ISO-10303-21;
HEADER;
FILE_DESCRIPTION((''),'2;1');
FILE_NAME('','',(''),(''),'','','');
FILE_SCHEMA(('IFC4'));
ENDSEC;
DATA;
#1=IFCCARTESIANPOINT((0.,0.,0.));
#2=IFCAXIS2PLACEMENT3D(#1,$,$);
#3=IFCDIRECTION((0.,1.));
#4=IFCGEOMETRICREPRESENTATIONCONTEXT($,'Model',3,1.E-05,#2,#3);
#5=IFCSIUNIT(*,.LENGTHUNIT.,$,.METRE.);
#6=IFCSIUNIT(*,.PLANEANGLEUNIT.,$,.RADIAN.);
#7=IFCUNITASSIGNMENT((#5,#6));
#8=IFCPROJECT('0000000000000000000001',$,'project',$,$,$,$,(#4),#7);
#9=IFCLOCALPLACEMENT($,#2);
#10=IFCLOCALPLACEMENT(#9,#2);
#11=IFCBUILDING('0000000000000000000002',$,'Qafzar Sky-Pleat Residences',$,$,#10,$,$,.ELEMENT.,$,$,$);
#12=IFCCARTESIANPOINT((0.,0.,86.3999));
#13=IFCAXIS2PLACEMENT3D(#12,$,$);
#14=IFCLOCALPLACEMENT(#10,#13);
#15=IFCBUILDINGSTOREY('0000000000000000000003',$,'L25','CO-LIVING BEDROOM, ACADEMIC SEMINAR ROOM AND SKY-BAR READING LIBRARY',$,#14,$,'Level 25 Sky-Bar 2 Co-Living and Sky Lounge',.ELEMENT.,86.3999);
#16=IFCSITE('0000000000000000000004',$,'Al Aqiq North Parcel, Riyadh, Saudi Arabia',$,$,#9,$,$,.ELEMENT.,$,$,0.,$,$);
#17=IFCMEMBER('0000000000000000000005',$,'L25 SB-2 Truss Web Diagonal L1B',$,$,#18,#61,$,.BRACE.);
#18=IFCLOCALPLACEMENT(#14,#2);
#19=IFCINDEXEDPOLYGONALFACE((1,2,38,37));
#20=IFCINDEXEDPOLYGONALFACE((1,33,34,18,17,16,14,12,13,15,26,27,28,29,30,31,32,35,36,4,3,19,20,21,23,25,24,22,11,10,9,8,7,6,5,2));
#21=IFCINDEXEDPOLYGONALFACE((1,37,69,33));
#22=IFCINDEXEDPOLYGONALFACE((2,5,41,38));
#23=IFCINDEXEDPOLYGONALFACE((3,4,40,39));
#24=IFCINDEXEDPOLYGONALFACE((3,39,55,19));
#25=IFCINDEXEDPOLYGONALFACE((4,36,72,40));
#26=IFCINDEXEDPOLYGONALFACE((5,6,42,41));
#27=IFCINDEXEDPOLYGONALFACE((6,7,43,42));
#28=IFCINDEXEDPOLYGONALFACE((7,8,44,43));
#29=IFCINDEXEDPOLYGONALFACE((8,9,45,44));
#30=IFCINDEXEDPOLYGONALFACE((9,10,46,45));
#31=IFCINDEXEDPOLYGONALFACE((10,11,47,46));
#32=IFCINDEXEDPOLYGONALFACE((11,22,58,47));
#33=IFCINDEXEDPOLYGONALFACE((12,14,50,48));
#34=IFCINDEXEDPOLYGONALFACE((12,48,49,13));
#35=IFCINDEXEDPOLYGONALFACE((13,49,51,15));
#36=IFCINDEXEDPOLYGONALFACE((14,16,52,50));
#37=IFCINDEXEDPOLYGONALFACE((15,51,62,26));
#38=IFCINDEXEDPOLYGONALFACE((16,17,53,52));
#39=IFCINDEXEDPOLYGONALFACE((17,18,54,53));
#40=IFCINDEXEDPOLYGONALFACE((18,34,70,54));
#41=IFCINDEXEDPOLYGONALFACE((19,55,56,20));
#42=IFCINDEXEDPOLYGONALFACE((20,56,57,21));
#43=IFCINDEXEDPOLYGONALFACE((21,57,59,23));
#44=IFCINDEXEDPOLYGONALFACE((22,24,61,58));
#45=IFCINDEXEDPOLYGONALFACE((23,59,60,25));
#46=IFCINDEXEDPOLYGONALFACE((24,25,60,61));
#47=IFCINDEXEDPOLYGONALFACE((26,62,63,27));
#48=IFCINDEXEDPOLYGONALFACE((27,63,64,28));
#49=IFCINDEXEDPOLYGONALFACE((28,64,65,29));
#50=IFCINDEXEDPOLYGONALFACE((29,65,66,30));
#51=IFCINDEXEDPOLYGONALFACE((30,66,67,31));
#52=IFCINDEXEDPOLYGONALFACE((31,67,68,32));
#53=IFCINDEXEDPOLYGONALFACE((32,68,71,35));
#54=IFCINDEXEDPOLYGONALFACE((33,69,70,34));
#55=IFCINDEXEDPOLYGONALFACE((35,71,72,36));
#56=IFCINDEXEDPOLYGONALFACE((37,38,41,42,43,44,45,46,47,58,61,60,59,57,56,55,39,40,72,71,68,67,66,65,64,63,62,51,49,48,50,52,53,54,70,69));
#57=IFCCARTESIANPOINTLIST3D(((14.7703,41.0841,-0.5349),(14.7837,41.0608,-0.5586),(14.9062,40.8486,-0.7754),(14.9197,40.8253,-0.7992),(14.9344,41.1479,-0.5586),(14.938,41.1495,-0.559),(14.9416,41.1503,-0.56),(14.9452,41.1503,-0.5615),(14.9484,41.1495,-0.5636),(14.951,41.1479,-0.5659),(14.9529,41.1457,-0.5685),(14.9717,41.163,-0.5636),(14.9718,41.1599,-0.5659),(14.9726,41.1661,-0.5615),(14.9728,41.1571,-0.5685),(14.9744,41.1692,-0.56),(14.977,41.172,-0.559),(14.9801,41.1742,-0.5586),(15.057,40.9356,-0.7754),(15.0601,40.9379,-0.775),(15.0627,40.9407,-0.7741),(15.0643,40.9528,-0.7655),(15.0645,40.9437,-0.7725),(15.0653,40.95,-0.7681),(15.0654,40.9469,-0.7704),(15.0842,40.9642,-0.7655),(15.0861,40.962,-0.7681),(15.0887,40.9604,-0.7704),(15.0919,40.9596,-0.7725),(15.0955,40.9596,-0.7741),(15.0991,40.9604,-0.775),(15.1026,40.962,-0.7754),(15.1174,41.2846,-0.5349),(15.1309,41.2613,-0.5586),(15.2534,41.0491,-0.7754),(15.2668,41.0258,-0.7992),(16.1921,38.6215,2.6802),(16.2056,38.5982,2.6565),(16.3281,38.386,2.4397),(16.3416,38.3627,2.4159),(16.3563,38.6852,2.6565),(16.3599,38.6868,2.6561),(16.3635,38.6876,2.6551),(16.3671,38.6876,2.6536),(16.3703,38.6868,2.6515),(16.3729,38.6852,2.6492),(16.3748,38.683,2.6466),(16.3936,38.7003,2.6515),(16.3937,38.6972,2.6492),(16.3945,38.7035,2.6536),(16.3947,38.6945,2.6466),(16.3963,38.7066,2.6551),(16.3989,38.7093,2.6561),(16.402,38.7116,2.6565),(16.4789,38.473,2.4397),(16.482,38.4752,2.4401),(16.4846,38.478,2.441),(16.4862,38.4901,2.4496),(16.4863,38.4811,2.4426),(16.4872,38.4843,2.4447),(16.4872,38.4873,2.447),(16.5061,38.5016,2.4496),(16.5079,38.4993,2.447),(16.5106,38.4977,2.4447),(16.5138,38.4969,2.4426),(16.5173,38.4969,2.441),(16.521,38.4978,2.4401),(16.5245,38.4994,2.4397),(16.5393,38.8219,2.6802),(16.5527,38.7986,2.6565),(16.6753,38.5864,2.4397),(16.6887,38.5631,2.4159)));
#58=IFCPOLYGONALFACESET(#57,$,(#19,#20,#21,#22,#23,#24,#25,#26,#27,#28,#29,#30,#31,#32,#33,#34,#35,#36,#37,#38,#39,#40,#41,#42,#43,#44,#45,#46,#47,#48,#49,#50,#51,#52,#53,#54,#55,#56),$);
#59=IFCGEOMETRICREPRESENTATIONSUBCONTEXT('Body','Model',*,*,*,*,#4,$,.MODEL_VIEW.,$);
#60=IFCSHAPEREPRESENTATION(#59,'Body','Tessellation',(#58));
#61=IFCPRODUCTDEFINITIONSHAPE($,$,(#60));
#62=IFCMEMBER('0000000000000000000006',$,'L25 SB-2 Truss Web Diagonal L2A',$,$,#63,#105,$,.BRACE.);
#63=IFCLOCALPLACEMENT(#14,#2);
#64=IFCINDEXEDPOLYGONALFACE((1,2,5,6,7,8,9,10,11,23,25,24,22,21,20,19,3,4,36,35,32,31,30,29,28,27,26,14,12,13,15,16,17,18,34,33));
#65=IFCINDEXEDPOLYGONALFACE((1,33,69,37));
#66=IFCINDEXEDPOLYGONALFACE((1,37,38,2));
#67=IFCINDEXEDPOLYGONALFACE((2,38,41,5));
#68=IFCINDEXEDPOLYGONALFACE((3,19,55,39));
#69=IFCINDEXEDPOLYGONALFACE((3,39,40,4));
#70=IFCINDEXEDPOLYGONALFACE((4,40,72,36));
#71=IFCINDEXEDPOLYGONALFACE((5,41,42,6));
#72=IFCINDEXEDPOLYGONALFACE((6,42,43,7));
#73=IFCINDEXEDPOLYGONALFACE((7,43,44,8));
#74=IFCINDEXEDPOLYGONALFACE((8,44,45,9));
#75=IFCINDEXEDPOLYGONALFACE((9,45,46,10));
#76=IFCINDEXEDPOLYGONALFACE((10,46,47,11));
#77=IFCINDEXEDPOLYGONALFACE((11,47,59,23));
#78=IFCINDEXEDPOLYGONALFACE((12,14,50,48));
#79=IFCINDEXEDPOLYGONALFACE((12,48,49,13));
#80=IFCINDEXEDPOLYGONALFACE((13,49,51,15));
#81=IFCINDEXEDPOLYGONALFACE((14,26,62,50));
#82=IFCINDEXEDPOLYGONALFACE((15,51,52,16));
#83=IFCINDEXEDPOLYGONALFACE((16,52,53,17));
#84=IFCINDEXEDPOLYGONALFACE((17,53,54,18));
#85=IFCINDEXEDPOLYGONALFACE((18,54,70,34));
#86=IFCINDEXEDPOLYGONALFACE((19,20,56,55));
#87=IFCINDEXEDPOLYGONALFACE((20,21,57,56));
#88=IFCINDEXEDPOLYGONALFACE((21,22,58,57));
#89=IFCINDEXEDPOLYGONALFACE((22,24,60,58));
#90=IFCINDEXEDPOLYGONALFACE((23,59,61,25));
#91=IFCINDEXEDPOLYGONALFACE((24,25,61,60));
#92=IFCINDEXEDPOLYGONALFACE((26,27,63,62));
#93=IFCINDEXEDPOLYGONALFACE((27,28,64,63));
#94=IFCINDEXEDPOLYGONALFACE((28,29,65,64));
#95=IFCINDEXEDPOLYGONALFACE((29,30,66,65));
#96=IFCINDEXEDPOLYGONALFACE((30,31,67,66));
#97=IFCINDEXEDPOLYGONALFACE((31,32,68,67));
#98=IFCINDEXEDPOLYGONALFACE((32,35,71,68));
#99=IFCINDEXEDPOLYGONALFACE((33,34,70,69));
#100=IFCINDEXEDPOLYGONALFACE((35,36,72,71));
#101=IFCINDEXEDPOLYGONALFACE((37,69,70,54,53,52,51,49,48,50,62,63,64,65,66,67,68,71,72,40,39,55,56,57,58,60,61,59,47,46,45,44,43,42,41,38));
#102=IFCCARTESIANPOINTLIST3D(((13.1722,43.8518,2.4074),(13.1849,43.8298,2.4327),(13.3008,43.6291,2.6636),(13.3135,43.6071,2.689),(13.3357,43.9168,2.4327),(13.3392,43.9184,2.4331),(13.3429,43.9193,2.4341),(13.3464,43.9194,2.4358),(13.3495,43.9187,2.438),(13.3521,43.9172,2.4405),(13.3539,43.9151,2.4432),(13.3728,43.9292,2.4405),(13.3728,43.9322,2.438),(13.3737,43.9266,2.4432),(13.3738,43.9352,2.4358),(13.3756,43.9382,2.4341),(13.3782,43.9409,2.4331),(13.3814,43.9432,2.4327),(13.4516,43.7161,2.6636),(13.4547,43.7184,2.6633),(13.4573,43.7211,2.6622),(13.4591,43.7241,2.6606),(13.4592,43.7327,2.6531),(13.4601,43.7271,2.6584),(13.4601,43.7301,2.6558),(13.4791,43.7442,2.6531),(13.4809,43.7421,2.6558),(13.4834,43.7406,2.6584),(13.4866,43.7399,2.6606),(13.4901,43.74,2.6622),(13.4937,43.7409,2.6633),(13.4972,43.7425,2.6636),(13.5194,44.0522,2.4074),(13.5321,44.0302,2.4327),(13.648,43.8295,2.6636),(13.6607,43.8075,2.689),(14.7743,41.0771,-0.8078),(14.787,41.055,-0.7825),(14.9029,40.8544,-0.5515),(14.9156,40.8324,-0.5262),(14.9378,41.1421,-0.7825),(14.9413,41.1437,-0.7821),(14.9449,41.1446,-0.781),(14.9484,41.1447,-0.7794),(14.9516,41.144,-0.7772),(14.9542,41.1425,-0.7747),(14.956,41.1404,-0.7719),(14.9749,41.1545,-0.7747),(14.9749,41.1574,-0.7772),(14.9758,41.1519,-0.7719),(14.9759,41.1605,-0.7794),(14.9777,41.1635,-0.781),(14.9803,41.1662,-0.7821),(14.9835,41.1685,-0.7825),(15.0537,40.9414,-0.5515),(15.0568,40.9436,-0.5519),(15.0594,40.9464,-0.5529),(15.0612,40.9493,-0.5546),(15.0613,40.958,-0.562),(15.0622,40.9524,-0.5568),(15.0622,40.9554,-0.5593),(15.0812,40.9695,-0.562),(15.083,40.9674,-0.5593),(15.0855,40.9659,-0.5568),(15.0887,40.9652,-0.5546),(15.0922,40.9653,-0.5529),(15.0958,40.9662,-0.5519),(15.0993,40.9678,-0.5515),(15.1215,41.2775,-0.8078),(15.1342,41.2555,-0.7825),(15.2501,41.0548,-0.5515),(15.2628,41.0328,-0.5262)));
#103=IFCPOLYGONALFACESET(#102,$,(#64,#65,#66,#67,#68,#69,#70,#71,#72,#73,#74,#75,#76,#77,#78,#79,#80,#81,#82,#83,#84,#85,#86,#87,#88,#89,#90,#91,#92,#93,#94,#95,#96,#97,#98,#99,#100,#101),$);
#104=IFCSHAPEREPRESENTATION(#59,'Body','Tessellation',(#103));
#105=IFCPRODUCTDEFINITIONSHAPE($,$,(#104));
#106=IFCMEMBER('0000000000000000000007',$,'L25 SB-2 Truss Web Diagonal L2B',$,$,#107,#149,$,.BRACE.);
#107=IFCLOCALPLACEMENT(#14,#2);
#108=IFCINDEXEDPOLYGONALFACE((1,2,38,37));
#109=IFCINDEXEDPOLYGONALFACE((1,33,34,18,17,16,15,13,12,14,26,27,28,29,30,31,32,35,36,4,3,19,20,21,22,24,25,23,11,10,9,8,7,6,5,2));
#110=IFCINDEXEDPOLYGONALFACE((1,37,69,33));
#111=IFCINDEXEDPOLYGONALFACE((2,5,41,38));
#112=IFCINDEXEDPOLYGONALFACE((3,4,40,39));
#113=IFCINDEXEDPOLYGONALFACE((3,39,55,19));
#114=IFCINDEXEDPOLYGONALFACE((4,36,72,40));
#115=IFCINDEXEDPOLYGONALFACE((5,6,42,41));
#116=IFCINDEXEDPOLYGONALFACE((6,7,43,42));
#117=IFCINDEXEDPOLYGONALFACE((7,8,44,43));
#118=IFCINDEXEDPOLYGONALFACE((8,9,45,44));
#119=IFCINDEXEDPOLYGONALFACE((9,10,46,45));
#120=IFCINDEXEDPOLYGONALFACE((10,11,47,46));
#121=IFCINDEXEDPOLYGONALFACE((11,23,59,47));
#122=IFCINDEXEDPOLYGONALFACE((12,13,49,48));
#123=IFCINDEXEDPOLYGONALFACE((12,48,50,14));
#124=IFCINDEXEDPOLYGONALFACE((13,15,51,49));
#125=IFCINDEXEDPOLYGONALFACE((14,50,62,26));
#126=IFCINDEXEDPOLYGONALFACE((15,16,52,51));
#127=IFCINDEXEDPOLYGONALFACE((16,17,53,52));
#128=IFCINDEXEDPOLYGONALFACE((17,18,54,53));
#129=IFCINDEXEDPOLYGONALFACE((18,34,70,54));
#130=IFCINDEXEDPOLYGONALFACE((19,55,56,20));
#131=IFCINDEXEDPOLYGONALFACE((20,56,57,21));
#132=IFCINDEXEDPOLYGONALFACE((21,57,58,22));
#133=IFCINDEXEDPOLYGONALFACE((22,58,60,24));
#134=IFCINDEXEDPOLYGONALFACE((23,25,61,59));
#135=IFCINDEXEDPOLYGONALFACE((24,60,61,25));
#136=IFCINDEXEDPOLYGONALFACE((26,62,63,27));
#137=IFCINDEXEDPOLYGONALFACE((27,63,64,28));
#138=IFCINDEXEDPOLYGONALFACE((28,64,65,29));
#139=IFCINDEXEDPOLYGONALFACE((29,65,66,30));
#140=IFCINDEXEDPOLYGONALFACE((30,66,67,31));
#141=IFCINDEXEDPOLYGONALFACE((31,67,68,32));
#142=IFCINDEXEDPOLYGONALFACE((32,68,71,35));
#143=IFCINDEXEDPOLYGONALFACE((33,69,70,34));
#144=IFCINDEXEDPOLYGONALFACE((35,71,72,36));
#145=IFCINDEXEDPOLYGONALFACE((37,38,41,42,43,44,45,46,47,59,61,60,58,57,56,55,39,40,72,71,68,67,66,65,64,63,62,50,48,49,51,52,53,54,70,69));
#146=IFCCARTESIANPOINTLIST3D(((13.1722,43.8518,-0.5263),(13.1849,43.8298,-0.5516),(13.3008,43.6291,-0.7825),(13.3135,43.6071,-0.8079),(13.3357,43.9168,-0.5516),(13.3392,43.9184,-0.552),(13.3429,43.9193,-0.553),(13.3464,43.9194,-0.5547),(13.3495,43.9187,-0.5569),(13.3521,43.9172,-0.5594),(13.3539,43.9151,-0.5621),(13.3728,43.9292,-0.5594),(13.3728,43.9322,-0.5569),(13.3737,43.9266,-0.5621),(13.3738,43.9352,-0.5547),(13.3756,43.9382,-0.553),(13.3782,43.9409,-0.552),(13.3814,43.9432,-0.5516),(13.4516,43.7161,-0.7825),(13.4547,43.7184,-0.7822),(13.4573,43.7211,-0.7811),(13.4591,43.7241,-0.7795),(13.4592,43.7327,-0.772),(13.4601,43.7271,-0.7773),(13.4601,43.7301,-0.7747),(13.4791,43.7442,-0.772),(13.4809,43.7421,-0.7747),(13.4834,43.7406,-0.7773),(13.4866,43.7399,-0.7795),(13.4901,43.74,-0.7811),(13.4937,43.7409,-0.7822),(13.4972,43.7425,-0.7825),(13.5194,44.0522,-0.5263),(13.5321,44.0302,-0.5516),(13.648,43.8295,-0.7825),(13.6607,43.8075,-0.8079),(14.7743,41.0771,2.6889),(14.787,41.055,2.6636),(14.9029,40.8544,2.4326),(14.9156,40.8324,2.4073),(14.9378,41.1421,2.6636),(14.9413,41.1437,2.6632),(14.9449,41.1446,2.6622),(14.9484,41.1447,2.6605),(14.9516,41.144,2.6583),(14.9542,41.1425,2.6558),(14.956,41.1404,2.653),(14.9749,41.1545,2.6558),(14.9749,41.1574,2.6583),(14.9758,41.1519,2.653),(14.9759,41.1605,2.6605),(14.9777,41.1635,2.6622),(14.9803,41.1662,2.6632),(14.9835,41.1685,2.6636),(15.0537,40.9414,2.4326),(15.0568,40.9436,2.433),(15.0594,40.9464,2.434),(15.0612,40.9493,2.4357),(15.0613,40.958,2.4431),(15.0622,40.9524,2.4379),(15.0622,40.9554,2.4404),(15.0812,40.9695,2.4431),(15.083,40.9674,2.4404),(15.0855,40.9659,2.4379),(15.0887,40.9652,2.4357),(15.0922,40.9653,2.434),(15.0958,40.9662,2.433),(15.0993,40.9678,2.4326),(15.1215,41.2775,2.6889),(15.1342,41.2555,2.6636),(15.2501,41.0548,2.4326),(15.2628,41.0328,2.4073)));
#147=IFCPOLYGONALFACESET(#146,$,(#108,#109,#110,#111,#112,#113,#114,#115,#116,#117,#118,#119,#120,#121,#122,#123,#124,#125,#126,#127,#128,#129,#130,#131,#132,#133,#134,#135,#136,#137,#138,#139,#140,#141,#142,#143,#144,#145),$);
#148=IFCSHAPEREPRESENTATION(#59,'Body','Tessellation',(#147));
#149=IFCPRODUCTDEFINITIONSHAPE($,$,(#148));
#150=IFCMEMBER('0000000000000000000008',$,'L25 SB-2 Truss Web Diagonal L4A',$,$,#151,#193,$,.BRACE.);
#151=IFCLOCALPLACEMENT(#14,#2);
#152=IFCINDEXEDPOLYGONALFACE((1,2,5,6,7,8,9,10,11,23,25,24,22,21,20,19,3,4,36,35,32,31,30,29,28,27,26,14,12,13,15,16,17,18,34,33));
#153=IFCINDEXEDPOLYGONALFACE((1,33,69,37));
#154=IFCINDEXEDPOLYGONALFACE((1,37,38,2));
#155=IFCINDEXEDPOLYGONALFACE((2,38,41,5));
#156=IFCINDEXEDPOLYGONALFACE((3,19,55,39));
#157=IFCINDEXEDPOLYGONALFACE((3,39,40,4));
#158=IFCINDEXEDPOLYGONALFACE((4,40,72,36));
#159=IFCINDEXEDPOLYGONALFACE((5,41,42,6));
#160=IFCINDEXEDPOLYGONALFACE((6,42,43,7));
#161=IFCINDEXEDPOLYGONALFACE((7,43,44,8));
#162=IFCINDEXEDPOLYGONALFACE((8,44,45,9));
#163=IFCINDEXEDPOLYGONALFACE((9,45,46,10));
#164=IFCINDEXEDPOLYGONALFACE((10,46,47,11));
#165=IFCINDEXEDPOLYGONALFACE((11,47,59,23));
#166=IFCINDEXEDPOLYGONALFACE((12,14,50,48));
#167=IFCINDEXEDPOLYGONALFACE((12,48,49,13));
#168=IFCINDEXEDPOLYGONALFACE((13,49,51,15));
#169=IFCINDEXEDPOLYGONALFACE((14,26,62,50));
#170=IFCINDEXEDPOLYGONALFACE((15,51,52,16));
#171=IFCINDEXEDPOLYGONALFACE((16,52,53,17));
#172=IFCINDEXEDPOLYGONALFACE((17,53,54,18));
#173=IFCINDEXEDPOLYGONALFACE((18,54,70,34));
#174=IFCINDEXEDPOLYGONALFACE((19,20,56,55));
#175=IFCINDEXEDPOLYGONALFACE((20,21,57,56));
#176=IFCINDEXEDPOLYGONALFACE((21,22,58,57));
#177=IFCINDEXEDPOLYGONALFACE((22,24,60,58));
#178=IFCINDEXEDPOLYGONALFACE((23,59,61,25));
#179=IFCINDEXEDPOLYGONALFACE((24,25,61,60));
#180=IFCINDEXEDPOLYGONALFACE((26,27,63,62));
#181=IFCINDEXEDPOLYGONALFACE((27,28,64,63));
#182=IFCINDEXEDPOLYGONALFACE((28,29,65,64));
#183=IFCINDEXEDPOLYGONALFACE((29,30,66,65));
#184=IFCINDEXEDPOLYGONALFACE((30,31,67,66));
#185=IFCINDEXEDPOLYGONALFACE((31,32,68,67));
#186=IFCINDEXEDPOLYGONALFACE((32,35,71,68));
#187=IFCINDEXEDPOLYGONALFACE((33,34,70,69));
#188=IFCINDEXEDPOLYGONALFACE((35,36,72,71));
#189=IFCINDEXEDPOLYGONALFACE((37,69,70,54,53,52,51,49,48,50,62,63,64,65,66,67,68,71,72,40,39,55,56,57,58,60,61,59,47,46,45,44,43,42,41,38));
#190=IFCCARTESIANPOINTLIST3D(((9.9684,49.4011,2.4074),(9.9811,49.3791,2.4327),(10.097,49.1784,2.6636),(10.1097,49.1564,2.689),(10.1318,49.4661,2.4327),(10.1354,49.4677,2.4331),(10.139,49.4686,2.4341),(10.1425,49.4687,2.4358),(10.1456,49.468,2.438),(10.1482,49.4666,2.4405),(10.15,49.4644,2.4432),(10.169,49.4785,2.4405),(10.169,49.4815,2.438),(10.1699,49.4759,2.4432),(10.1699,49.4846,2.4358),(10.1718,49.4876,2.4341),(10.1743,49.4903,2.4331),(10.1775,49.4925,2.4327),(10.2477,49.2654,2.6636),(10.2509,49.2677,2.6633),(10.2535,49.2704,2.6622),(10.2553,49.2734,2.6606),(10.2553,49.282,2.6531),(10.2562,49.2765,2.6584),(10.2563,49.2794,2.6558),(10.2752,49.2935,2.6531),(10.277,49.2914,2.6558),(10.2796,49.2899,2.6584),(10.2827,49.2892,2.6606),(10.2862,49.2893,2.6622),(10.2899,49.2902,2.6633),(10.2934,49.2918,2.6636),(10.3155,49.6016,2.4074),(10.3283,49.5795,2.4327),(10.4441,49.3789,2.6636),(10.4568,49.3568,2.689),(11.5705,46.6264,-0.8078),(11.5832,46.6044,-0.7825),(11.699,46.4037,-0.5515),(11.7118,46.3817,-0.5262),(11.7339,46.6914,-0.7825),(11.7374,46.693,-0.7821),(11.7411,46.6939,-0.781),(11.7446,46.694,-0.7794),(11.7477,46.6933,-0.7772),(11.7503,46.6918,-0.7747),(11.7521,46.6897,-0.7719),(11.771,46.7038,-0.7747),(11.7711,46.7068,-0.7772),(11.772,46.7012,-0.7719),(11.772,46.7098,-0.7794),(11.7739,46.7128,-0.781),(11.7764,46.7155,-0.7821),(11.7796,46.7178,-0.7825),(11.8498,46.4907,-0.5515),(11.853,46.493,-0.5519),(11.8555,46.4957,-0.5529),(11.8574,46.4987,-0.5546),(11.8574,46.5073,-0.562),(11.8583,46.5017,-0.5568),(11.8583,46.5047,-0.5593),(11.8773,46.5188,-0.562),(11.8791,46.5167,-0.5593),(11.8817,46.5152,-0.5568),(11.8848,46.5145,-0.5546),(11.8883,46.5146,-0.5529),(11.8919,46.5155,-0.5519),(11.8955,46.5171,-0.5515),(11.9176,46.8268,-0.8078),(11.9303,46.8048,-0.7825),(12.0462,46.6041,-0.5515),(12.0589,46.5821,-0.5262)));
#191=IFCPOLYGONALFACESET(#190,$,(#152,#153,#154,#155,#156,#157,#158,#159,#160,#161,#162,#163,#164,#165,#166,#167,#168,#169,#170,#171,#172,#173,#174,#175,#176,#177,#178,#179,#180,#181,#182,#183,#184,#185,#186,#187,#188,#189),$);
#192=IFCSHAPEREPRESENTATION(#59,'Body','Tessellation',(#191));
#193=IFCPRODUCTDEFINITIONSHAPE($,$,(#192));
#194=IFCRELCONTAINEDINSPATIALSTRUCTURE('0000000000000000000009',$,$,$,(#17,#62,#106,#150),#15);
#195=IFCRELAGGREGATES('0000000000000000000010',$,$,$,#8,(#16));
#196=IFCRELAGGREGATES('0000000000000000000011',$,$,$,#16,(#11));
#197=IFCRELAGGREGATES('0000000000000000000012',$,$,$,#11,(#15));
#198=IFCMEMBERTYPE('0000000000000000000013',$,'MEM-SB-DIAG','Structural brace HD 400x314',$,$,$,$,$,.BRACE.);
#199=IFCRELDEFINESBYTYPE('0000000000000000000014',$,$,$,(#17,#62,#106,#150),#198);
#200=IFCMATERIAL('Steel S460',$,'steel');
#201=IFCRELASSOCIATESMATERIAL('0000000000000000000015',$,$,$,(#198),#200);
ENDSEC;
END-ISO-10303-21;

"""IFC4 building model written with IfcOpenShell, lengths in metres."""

from ifc_helpers import new_model, si_unit, direction, frame, origin, origin_2d, place, context, subcontext, project, spatial, i_section, extrude, source, transform, mapped, material, material_profile, profile_set, type_object, element, save


model = new_model("IFC4")

# Units and contexts
model_context = context("Model", 3, precision=1e-05, world=origin(), true_north=direction((0.0, 1.0)))
body_context = subcontext(model_context, "Body", "Model", "MODEL_VIEW")
ifc_project = project(units=[si_unit("LENGTHUNIT", "METRE"), si_unit("PLANEANGLEUNIT", "RADIAN")], contexts=[model_context])

# Site, building, storey
site_placement = place(None, origin())
site = spatial("IfcSite", under=ifc_project, at=site_placement, Name="Al Aqiq North Parcel, Riyadh, Saudi Arabia", CompositionType="ELEMENT", RefElevation=0.0)
building_placement = place(site_placement, origin())
building = spatial("IfcBuilding", under=site, at=building_placement, Name="Qafzar Sky-Pleat Residences", CompositionType="ELEMENT")
storey_placement = place(building_placement, frame((0.0, 0.0, 86.3999)))
storey = spatial("IfcBuildingStorey", under=building, at=storey_placement, Name="L25", Description="CO-LIVING BEDROOM, ACADEMIC SEMINAR ROOM AND SKY-BAR READING LIBRARY", LongName="Level 25 Sky-Bar 2 Co-Living and Sky Lounge", CompositionType="ELEMENT", Elevation=86.3999)

# Shared definitions
ifc_material_1 = material(Name="Steel S460", Category="steel")

# Members
ifc_material_profile_1 = material_profile(ifc_material_1, i_section(OverallWidth=0.4009, OverallDepth=0.3989, WebThickness=0.0229, FlangeThickness=0.0359, FilletRadius=0.0149, at=origin_2d()), Name="HD 400x314")
ifc_profile_set_1 = profile_set([ifc_material_profile_1], Name="Steel S460")
member_type = type_object("IfcMemberType", Name="MEM-SB-DIAG", Description="Structural brace HD 400x314", PredefinedType="BRACE", material=ifc_profile_set_1)
shared_shape_1 = source(origin(), body_context, "Body", "SweptSolid", [
    extrude(i_section(OverallWidth=0.4009, OverallDepth=0.3989, WebThickness=0.0229, FlangeThickness=0.0359, FilletRadius=0.0149, at=origin_2d()), origin(), (0.0, 0.0, 1.0), 4.2922),
])
for number, where, z_axis, x_axis, name in (
    (1, (16.4404, 38.5923, 2.5481), (-0.331268, 0.573747, -0.74905), (-0.866015, -0.500017, 0.0), "L25 SB-2 Truss Web Diagonal L1B"),
):
    element("IfcMember", number, at=place(storey_placement, frame(where, z_axis=z_axis, x_axis=x_axis)), inside=storey, type_object=member_type, Name=name, PredefinedType="BRACE", context=body_context, shape_type="MappedRepresentation", body=[
        mapped(shared_shape_1, transform((0.0, 0.0, 0.0), x_axis=(1.0, 0.0, 0.0), y_axis=(0.0, 1.0, 0.0), z_axis=(0.0, 0.0, 1.0), scale=1.0)),
    ])
shared_shape_2 = source(origin(), body_context, "Body", "SweptSolid", [
    extrude(i_section(OverallWidth=0.4009, OverallDepth=0.3989, WebThickness=0.0229, FlangeThickness=0.0359, FilletRadius=0.0149, at=origin_2d()), origin(), (0.0, 0.0, 1.0), 4.5391),
])
for number, where, z_axis, x_axis, name in (
    (2, (15.0186, 41.0549, -0.667), (-0.352956, 0.611299, 0.708333), (-0.866012, -0.500024, 0.0), "L25 SB-2 Truss Web Diagonal L2A"),
    (3, (15.0186, 41.0549, 2.5481), (-0.352956, 0.611299, -0.708333), (-0.866012, -0.500024, 0.0), "L25 SB-2 Truss Web Diagonal L2B"),
    (4, (11.8147, 46.6042, -0.667), (-0.352956, 0.611299, 0.708333), (-0.866012, -0.500024, 0.0), "L25 SB-2 Truss Web Diagonal L4A"),
):
    element("IfcMember", number, at=place(storey_placement, frame(where, z_axis=z_axis, x_axis=x_axis)), inside=storey, type_object=member_type, Name=name, PredefinedType="BRACE", context=body_context, shape_type="MappedRepresentation", body=[
        mapped(shared_shape_2, transform((0.0, 0.0, 0.0), x_axis=(1.0, 0.0, 0.0), y_axis=(0.0, 1.0, 0.0), z_axis=(0.0, 0.0, 1.0), scale=1.0)),
    ])

save(model, "model.ifc")
